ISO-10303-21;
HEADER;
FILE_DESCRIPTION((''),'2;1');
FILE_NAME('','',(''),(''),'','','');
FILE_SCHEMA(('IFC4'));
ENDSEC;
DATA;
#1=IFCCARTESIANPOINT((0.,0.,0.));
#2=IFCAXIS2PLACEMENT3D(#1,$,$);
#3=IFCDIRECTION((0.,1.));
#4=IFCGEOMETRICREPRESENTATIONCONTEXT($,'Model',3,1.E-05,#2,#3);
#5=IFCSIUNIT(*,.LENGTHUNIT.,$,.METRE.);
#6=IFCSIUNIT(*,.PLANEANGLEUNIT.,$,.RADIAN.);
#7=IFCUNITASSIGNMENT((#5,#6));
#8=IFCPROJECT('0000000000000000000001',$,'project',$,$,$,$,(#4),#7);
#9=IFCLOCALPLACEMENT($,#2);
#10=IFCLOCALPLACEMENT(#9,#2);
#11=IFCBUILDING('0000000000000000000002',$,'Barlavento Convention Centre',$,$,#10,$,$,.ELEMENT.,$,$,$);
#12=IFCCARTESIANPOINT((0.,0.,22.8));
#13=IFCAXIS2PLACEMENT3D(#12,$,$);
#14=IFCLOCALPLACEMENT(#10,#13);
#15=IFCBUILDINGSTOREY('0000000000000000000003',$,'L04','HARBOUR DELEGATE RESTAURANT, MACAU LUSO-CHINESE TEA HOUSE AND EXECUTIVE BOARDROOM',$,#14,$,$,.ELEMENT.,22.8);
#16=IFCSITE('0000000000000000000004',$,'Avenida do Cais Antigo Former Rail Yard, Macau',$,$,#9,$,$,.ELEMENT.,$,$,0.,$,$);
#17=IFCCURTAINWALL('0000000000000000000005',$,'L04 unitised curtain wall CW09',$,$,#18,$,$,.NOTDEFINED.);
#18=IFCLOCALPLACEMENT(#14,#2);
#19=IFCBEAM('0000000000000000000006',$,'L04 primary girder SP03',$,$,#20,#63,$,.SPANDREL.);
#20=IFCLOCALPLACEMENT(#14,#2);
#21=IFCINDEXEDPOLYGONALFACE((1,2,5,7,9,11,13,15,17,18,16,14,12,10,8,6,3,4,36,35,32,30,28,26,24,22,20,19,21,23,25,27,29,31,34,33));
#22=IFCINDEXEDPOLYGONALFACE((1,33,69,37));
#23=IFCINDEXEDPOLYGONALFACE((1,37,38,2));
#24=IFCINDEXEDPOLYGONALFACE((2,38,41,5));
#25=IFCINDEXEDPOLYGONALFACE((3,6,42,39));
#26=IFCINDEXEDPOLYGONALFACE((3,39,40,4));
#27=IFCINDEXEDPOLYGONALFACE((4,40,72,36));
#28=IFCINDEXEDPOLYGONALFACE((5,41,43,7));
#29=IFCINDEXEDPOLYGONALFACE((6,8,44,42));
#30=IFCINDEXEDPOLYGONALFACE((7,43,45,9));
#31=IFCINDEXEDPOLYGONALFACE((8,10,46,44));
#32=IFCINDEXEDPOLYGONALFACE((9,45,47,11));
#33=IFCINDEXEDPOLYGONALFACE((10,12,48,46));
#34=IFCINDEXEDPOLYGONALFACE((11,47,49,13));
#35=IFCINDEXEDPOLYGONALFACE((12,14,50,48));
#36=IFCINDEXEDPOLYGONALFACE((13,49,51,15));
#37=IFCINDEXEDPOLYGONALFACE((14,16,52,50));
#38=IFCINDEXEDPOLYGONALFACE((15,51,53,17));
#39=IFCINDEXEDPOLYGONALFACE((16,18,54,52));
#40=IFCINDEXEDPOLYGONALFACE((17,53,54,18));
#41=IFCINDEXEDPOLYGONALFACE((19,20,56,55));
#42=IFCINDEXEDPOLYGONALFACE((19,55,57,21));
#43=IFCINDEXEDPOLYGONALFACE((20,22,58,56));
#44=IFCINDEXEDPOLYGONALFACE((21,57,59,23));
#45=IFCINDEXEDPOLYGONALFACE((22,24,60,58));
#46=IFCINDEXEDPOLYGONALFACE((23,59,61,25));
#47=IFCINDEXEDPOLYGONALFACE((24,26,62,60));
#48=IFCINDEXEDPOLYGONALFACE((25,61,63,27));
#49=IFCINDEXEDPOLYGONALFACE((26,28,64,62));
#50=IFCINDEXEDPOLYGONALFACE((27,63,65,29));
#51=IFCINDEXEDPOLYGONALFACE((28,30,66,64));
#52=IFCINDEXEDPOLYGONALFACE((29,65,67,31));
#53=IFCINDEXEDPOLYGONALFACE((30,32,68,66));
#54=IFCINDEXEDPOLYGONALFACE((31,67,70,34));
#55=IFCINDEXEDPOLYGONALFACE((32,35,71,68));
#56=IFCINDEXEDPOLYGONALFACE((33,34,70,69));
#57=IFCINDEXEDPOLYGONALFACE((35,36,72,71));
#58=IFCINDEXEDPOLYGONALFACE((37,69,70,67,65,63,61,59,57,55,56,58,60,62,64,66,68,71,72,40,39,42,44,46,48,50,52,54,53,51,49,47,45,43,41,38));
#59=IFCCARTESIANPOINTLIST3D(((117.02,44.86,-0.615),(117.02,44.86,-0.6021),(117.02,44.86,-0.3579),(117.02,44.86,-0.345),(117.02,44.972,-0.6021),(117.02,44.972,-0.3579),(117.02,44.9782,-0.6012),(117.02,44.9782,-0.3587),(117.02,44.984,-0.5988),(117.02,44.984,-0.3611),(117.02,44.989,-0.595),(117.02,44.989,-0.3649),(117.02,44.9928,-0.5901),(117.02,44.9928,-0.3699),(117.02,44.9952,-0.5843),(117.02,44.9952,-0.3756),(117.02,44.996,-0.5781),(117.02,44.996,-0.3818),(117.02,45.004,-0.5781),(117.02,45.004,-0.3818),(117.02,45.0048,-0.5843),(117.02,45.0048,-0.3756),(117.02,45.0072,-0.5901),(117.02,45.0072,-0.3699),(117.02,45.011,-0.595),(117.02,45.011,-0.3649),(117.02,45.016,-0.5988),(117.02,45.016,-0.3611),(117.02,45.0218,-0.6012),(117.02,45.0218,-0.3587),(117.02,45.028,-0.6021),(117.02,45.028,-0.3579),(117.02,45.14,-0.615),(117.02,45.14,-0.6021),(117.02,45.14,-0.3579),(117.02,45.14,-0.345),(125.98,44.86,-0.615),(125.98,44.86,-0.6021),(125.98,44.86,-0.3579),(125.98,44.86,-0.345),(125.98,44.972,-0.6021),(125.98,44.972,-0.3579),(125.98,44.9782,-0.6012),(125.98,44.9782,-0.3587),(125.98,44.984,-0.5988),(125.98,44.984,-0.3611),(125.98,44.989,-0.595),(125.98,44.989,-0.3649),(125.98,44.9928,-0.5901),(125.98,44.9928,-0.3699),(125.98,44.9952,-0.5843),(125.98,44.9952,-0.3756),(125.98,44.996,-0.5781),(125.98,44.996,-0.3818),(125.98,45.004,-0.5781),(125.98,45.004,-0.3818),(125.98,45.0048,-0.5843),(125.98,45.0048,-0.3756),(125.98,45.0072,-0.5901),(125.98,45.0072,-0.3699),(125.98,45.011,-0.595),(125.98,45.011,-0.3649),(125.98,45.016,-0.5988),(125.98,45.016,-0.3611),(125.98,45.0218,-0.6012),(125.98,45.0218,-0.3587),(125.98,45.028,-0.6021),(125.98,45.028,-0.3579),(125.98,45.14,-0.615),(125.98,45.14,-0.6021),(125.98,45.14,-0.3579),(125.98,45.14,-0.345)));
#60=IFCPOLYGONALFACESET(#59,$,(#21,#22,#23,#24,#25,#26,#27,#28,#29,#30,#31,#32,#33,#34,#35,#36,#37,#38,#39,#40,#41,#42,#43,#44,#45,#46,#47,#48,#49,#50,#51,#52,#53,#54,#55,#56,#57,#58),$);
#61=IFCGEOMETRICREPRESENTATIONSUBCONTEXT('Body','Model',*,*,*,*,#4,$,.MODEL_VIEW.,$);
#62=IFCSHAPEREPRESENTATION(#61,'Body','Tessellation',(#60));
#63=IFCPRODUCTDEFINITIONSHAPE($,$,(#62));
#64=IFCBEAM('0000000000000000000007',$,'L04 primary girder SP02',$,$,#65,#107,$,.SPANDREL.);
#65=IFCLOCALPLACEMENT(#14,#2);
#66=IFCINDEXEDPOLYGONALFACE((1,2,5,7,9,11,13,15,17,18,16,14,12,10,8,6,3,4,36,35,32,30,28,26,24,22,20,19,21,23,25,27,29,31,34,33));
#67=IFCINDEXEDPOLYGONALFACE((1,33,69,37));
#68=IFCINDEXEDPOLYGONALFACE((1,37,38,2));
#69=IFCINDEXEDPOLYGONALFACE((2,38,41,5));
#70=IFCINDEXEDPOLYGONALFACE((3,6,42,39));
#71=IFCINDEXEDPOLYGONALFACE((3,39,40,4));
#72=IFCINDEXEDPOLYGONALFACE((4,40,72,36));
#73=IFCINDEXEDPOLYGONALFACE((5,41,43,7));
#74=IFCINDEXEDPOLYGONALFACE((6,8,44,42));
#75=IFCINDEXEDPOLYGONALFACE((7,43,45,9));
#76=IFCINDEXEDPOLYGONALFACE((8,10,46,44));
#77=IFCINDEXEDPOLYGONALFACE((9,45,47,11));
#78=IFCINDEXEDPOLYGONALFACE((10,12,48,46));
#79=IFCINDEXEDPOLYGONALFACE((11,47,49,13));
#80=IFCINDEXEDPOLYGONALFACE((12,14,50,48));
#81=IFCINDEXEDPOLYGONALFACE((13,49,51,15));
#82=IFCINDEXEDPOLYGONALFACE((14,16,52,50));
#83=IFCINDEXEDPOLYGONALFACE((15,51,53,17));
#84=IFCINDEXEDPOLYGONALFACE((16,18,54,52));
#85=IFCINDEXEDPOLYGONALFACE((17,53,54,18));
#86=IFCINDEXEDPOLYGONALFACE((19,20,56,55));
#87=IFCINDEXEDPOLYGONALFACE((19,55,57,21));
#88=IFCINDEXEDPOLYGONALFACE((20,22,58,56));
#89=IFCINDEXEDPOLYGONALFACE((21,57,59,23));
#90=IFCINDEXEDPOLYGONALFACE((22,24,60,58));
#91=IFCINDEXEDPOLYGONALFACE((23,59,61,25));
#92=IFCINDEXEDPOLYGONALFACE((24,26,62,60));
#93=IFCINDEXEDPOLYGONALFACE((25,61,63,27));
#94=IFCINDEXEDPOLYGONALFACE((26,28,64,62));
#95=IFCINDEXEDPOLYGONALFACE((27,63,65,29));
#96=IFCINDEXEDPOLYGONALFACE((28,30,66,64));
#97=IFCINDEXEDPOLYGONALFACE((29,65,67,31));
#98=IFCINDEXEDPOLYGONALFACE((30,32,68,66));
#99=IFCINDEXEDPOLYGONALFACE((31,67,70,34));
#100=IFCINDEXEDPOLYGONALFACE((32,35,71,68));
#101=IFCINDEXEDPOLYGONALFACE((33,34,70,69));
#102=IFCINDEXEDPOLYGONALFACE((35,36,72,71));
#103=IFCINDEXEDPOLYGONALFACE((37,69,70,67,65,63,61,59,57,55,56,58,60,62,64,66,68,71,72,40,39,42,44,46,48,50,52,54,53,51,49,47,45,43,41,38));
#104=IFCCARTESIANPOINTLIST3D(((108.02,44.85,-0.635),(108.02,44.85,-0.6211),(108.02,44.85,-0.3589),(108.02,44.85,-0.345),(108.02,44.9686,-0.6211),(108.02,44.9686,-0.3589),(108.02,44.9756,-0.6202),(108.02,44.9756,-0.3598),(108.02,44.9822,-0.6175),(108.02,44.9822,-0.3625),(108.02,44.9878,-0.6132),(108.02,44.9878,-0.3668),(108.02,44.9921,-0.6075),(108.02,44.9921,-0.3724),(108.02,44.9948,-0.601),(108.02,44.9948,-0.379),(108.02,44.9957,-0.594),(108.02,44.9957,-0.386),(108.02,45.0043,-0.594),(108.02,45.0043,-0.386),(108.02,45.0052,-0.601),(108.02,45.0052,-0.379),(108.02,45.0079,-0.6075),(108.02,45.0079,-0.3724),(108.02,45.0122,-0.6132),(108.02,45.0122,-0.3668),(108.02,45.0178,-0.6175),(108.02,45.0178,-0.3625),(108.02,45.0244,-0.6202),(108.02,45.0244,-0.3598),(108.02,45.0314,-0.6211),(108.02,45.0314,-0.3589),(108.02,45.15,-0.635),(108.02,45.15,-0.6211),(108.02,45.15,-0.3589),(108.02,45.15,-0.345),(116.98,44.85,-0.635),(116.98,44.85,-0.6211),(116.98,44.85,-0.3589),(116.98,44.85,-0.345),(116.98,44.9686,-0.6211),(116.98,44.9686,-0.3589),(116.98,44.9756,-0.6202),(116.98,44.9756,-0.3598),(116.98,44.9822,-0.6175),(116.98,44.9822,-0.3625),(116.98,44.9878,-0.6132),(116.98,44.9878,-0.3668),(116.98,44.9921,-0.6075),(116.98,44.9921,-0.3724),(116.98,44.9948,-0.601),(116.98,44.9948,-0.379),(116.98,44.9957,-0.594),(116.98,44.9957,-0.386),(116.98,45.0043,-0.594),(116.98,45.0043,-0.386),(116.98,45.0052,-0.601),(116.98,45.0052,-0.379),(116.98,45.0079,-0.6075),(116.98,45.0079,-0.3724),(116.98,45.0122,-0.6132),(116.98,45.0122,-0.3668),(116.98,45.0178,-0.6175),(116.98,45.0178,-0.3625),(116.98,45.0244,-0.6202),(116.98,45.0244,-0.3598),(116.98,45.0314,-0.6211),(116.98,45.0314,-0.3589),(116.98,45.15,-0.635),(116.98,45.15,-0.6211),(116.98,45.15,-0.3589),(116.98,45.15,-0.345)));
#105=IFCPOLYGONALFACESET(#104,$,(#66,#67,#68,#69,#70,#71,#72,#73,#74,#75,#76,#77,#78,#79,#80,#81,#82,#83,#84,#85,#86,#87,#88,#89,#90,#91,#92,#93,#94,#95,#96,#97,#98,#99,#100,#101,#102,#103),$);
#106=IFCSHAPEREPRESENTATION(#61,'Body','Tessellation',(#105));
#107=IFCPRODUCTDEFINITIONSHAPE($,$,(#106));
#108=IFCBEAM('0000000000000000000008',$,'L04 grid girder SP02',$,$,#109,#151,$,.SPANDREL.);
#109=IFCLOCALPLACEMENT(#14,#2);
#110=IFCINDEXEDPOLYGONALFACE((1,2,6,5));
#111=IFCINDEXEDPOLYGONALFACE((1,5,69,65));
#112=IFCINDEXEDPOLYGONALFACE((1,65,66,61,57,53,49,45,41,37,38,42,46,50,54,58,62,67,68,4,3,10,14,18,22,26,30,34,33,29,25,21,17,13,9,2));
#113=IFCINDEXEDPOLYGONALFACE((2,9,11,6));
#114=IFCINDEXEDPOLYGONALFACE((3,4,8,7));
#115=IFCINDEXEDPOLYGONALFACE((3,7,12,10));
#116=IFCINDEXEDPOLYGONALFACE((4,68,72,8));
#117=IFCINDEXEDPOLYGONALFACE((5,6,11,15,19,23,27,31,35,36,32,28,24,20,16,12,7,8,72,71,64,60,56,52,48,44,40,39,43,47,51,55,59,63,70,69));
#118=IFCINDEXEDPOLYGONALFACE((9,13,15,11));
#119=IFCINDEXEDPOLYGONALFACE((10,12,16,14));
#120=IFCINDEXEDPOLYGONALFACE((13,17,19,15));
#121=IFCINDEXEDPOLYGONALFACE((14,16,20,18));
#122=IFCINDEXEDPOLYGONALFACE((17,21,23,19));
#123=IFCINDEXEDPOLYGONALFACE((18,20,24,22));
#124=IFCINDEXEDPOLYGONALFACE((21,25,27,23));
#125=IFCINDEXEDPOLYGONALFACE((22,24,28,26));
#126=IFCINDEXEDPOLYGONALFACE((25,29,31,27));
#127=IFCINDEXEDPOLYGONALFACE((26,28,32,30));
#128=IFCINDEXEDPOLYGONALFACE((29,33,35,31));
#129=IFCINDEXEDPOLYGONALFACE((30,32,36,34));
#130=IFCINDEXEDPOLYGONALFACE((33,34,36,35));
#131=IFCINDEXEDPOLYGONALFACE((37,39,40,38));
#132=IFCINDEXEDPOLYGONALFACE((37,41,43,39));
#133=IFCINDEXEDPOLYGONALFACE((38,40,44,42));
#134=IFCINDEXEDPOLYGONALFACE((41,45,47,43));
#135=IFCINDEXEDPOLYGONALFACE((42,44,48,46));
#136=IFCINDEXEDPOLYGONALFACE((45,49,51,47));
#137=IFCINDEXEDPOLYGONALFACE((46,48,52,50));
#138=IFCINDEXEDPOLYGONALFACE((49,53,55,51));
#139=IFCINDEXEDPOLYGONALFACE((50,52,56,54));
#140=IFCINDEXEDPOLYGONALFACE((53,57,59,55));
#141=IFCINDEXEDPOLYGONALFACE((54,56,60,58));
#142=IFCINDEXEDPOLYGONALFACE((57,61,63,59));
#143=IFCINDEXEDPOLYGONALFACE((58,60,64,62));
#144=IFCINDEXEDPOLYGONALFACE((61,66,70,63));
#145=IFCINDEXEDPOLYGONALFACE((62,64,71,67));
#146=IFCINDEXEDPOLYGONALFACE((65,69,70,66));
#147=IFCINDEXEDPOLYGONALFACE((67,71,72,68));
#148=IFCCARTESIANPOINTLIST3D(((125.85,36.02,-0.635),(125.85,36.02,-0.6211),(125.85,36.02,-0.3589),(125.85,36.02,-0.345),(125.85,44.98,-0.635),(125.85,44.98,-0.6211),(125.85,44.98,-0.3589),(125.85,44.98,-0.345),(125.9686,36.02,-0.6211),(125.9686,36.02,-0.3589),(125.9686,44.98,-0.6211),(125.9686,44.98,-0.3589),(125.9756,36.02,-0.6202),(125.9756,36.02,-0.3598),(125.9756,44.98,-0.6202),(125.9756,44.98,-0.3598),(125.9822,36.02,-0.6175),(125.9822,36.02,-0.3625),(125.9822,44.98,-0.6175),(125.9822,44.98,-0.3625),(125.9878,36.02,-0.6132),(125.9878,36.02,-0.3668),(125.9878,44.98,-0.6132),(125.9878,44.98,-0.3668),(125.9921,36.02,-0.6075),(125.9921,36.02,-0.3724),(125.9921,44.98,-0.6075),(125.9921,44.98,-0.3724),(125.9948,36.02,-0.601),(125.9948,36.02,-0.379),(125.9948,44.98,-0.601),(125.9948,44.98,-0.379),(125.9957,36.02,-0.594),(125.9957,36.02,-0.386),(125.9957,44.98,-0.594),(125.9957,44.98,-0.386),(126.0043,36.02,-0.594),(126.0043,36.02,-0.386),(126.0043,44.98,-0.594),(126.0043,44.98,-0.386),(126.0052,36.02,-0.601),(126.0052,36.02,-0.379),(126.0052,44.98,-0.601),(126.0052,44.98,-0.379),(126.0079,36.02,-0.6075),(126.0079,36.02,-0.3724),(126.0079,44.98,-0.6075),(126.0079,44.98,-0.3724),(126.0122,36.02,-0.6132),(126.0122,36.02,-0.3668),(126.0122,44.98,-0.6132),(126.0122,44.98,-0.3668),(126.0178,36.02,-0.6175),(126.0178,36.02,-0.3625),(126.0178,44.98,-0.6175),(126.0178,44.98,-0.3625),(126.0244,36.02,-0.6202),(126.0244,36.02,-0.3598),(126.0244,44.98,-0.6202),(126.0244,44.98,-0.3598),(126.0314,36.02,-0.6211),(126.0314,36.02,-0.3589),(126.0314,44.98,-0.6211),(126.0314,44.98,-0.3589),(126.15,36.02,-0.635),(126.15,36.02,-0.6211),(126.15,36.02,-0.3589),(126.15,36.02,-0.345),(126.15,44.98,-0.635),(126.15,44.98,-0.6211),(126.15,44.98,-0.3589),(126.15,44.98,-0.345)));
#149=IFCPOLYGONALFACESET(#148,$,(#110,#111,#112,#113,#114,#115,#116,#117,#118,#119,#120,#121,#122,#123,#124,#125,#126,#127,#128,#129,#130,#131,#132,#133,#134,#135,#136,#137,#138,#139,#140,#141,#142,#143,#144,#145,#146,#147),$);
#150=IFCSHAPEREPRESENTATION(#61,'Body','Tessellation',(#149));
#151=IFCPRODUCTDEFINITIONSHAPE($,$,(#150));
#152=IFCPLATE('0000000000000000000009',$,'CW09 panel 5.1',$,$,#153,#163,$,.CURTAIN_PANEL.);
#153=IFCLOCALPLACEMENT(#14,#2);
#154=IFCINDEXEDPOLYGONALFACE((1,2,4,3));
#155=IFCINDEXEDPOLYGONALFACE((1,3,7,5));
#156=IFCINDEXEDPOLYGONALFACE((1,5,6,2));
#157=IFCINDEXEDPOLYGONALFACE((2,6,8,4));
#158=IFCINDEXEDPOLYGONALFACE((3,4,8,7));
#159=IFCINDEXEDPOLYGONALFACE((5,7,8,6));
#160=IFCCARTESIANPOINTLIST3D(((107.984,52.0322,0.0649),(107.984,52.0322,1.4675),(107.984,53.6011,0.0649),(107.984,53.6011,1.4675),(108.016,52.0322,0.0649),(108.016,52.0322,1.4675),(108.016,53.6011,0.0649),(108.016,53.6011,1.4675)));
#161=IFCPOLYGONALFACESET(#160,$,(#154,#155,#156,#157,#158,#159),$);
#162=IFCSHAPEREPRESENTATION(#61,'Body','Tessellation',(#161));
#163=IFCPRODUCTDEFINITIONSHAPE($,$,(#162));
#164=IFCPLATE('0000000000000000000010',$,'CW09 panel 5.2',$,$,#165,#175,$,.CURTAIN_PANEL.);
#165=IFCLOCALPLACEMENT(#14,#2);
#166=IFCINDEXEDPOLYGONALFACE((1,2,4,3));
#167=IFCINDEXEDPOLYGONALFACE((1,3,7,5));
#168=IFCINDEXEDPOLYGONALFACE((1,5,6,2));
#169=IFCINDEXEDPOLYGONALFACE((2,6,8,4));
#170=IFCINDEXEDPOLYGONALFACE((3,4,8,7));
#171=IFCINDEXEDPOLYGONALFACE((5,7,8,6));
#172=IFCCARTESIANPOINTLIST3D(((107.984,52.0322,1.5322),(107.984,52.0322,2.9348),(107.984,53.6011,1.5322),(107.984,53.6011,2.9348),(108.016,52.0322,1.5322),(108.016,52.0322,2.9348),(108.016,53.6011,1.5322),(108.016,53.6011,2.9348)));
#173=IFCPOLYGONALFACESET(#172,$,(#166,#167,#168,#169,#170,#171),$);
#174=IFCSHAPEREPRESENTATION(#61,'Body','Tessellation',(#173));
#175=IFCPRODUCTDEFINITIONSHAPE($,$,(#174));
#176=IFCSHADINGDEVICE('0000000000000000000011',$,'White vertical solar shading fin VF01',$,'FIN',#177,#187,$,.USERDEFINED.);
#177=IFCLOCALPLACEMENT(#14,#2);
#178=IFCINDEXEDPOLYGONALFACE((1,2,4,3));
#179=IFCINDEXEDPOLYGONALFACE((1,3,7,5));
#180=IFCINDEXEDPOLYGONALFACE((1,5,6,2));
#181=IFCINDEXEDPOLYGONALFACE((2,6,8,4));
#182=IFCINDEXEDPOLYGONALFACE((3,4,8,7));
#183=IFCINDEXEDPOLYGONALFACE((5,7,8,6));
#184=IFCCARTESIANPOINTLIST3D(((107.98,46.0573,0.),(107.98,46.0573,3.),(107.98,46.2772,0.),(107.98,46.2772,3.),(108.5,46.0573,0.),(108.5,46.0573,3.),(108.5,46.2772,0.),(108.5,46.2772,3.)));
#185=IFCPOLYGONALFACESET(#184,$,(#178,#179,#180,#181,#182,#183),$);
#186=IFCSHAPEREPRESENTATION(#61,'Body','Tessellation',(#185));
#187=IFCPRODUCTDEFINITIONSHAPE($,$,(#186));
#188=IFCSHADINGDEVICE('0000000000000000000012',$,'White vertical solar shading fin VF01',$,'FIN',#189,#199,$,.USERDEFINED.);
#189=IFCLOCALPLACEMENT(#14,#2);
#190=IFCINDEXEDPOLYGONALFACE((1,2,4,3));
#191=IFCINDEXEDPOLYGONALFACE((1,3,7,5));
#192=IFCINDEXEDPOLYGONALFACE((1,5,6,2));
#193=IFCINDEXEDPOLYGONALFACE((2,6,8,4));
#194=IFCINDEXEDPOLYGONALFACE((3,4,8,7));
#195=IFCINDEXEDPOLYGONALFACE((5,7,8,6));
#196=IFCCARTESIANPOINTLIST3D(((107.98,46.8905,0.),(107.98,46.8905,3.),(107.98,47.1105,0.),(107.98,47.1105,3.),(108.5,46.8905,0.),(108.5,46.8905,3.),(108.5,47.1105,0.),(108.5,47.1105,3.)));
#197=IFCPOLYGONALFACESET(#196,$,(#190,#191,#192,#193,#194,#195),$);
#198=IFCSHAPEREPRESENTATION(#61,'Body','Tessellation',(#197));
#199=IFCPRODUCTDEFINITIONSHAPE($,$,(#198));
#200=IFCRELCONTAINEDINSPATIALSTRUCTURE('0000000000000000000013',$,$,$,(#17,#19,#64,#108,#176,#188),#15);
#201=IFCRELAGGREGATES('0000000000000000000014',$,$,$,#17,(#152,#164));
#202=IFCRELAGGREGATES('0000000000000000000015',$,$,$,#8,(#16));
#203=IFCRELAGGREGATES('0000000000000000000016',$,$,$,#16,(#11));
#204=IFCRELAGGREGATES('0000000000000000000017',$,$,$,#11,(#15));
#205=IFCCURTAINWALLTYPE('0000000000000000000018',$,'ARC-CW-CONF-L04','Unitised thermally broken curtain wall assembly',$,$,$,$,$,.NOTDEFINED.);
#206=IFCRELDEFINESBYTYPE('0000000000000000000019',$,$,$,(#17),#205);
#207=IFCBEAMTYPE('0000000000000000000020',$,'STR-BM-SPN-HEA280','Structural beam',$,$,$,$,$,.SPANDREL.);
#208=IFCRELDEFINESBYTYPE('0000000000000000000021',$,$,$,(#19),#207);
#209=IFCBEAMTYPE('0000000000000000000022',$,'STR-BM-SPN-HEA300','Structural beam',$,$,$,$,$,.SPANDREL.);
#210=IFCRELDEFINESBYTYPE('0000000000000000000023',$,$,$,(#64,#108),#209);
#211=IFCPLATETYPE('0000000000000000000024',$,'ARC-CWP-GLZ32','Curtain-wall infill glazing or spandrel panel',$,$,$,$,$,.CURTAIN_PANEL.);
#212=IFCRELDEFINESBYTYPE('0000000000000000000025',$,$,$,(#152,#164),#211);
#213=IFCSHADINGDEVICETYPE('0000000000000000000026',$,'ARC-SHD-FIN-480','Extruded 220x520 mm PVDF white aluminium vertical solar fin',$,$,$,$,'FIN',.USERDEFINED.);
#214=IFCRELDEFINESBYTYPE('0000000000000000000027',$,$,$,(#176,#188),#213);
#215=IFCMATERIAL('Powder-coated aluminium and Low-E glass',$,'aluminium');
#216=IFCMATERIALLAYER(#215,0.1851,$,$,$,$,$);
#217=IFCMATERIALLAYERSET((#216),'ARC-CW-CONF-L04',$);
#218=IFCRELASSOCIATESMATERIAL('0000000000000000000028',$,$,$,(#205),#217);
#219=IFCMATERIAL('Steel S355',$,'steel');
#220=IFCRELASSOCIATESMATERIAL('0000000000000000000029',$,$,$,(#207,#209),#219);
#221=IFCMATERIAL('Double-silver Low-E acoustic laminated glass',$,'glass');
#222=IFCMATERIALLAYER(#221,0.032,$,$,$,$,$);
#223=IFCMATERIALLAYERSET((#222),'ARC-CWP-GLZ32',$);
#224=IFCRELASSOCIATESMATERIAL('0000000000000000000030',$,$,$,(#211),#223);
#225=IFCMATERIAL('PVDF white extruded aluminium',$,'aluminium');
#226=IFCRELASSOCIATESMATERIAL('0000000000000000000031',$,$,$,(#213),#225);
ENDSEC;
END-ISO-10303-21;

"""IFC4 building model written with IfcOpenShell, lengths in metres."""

from ifc_helpers import new_model, si_unit, direction, frame, origin, origin_2d, place, context, subcontext, project, spatial, rectangle, i_section, extrude, material, layer, layer_set, material_profile, profile_set, type_object, element, aggregate, save


model = new_model("IFC4")

# Units and contexts
model_context = context("Model", 3, precision=1e-05, world=origin(), true_north=direction((0.0, 1.0)))
body_context = subcontext(model_context, "Body", "Model", "MODEL_VIEW")
ifc_project = project(units=[si_unit("LENGTHUNIT", "METRE"), si_unit("PLANEANGLEUNIT", "RADIAN")], contexts=[model_context])

# Site, building, storey
site_placement = place(None, origin())
site = spatial("IfcSite", under=ifc_project, at=site_placement, Name="Avenida do Cais Antigo Former Rail Yard, Macau", CompositionType="ELEMENT", RefElevation=0.0)
building_placement = place(site_placement, origin())
building = spatial("IfcBuilding", under=site, at=building_placement, Name="Barlavento Convention Centre", CompositionType="ELEMENT")
storey_placement = place(building_placement, frame((0.0, 0.0, 22.8)))
storey = spatial("IfcBuildingStorey", under=building, at=storey_placement, Name="L04", Description="HARBOUR DELEGATE RESTAURANT, MACAU LUSO-CHINESE TEA HOUSE AND EXECUTIVE BOARDROOM", CompositionType="ELEMENT", Elevation=22.8)

# Curtain wall
ifc_material_1 = material(Name="Powder-coated aluminium and Low-E glass", Category="aluminium")
ifc_layer_1 = layer(ifc_material_1, 0.1851)
ifc_layer_set_1 = layer_set([ifc_layer_1], Name="ARC-CW-CONF-L04")
curtain_wall_type = type_object("IfcCurtainWallType", Name="ARC-CW-CONF-L04", Description="Unitised thermally broken curtain wall assembly", PredefinedType="NOTDEFINED", material=ifc_layer_set_1)
curtain_wall_placement = place(storey_placement, origin())
curtain_wall = element("IfcCurtainWall", 1, at=curtain_wall_placement, inside=storey, type_object=curtain_wall_type, Name="L04 unitised curtain wall CW09", PredefinedType="NOTDEFINED")

# Beams
ifc_material_2 = material(Name="Steel S355", Category="steel")
ifc_material_profile_1 = material_profile(ifc_material_2, i_section(OverallWidth=0.28, OverallDepth=0.27, WebThickness=0.0081, FlangeThickness=0.0129, FilletRadius=0.0239, at=origin_2d()), Name="HEA 280")
ifc_profile_set_1 = profile_set([ifc_material_profile_1], Name="Steel S355")
beam_type_1 = type_object("IfcBeamType", Name="STR-BM-SPN-HEA280", Description="Structural beam", PredefinedType="SPANDREL", material=ifc_profile_set_1)
beam_1_placement = place(storey_placement, frame((117.02, 45.0, -0.48), z_axis=(1.0, 0.0, 0.0), x_axis=(0.0, 1.0, 0.0)))
element("IfcBeam", 2, at=beam_1_placement, inside=storey, type_object=beam_type_1, Name="L04 primary girder SP03", PredefinedType="SPANDREL", context=body_context, shape_type="SweptSolid", body=[
    extrude(i_section(OverallWidth=0.28, OverallDepth=0.27, WebThickness=0.0081, FlangeThickness=0.0129, FilletRadius=0.0239, at=origin_2d()), origin(), (0.0, 0.0, 1.0), 8.96),
])
ifc_material_profile_2 = material_profile(ifc_material_2, i_section(OverallWidth=0.3, OverallDepth=0.29, WebThickness=0.0085, FlangeThickness=0.0139, FilletRadius=0.0271, at=origin_2d()), Name="HEA 300")
ifc_profile_set_2 = profile_set([ifc_material_profile_2], Name="Steel S355")
beam_type_2 = type_object("IfcBeamType", Name="STR-BM-SPN-HEA300", Description="Structural beam", PredefinedType="SPANDREL", material=ifc_profile_set_2)
for number, where, z_axis, x_axis, name in (
    (3, (108.02, 45.0, -0.49), (1.0, 0.0, 0.0), (0.0, 1.0, 0.0), "L04 primary girder SP02"),
    (4, (126.0, 36.02, -0.49), (0.0, 1.0, 0.0), (-1.0, 0.0, 0.0), "L04 grid girder SP02"),
):
    element("IfcBeam", number, at=place(storey_placement, frame(where, z_axis=z_axis, x_axis=x_axis)), inside=storey, type_object=beam_type_2, Name=name, PredefinedType="SPANDREL", context=body_context, shape_type="SweptSolid", body=[
        extrude(i_section(OverallWidth=0.3, OverallDepth=0.29, WebThickness=0.0085, FlangeThickness=0.0139, FilletRadius=0.0271, at=origin_2d()), origin(), (0.0, 0.0, 1.0), 8.96),
    ])

# Plates
ifc_material_3 = material(Name="Double-silver Low-E acoustic laminated glass", Category="glass")
ifc_layer_2 = layer(ifc_material_3, 0.032)
ifc_layer_set_2 = layer_set([ifc_layer_2], Name="ARC-CWP-GLZ32")
plate_type = type_object("IfcPlateType", Name="ARC-CWP-GLZ32", Description="Curtain-wall infill glazing or spandrel panel", PredefinedType="CURTAIN_PANEL", material=ifc_layer_set_2)
plate_1_placement = place(storey_placement, frame((108.0, 52.8167, 0.0649), z_axis=(0.0, 0.0, 1.0), x_axis=(0.0, 1.0, 0.0)))
plate_1 = element("IfcPlate", 5, at=plate_1_placement, type_object=plate_type, Name="CW09 panel 5.1", PredefinedType="CURTAIN_PANEL", context=body_context, shape_type="SweptSolid", body=[
    extrude(rectangle(XDim=1.5688, YDim=0.032, at=origin_2d()), origin(), (0.0, 0.0, 1.0), 1.4026),
])
plate_2_placement = place(storey_placement, frame((108.0, 52.8167, 1.5322), z_axis=(0.0, 0.0, 1.0), x_axis=(0.0, 1.0, 0.0)))
plate_2 = element("IfcPlate", 6, at=plate_2_placement, type_object=plate_type, Name="CW09 panel 5.2", PredefinedType="CURTAIN_PANEL", context=body_context, shape_type="SweptSolid", body=[
    extrude(rectangle(XDim=1.5688, YDim=0.032, at=origin_2d()), origin(), (0.0, 0.0, 1.0), 1.4026),
])
aggregate(curtain_wall, [plate_1, plate_2])

# Shading devices
ifc_material_4 = material(Name="PVDF white extruded aluminium", Category="aluminium")
shading_device_type = type_object("IfcShadingDeviceType", Name="ARC-SHD-FIN-480", Description="Extruded 220x520 mm PVDF white aluminium vertical solar fin", ElementType="FIN", PredefinedType="USERDEFINED", material=ifc_material_4)
for number, where, z_axis, x_axis, name in (
    (7, (108.24, 46.1672, 0.0), (0.0, 0.0, 1.0), (0.0, 1.0, 0.0), "White vertical solar shading fin VF01"),
    (8, (108.24, 47.0005, 0.0), (0.0, 0.0, 1.0), (0.0, 1.0, 0.0), "White vertical solar shading fin VF01"),
):
    element("IfcShadingDevice", number, at=place(storey_placement, frame(where, z_axis=z_axis, x_axis=x_axis)), inside=storey, type_object=shading_device_type, Name=name, ObjectType="FIN", PredefinedType="USERDEFINED", context=body_context, shape_type="SweptSolid", body=[
        extrude(rectangle(XDim=0.22, YDim=0.52, at=origin_2d()), origin(), (0.0, 0.0, 1.0), 3.0),
    ])

save(model, "model.ifc")
